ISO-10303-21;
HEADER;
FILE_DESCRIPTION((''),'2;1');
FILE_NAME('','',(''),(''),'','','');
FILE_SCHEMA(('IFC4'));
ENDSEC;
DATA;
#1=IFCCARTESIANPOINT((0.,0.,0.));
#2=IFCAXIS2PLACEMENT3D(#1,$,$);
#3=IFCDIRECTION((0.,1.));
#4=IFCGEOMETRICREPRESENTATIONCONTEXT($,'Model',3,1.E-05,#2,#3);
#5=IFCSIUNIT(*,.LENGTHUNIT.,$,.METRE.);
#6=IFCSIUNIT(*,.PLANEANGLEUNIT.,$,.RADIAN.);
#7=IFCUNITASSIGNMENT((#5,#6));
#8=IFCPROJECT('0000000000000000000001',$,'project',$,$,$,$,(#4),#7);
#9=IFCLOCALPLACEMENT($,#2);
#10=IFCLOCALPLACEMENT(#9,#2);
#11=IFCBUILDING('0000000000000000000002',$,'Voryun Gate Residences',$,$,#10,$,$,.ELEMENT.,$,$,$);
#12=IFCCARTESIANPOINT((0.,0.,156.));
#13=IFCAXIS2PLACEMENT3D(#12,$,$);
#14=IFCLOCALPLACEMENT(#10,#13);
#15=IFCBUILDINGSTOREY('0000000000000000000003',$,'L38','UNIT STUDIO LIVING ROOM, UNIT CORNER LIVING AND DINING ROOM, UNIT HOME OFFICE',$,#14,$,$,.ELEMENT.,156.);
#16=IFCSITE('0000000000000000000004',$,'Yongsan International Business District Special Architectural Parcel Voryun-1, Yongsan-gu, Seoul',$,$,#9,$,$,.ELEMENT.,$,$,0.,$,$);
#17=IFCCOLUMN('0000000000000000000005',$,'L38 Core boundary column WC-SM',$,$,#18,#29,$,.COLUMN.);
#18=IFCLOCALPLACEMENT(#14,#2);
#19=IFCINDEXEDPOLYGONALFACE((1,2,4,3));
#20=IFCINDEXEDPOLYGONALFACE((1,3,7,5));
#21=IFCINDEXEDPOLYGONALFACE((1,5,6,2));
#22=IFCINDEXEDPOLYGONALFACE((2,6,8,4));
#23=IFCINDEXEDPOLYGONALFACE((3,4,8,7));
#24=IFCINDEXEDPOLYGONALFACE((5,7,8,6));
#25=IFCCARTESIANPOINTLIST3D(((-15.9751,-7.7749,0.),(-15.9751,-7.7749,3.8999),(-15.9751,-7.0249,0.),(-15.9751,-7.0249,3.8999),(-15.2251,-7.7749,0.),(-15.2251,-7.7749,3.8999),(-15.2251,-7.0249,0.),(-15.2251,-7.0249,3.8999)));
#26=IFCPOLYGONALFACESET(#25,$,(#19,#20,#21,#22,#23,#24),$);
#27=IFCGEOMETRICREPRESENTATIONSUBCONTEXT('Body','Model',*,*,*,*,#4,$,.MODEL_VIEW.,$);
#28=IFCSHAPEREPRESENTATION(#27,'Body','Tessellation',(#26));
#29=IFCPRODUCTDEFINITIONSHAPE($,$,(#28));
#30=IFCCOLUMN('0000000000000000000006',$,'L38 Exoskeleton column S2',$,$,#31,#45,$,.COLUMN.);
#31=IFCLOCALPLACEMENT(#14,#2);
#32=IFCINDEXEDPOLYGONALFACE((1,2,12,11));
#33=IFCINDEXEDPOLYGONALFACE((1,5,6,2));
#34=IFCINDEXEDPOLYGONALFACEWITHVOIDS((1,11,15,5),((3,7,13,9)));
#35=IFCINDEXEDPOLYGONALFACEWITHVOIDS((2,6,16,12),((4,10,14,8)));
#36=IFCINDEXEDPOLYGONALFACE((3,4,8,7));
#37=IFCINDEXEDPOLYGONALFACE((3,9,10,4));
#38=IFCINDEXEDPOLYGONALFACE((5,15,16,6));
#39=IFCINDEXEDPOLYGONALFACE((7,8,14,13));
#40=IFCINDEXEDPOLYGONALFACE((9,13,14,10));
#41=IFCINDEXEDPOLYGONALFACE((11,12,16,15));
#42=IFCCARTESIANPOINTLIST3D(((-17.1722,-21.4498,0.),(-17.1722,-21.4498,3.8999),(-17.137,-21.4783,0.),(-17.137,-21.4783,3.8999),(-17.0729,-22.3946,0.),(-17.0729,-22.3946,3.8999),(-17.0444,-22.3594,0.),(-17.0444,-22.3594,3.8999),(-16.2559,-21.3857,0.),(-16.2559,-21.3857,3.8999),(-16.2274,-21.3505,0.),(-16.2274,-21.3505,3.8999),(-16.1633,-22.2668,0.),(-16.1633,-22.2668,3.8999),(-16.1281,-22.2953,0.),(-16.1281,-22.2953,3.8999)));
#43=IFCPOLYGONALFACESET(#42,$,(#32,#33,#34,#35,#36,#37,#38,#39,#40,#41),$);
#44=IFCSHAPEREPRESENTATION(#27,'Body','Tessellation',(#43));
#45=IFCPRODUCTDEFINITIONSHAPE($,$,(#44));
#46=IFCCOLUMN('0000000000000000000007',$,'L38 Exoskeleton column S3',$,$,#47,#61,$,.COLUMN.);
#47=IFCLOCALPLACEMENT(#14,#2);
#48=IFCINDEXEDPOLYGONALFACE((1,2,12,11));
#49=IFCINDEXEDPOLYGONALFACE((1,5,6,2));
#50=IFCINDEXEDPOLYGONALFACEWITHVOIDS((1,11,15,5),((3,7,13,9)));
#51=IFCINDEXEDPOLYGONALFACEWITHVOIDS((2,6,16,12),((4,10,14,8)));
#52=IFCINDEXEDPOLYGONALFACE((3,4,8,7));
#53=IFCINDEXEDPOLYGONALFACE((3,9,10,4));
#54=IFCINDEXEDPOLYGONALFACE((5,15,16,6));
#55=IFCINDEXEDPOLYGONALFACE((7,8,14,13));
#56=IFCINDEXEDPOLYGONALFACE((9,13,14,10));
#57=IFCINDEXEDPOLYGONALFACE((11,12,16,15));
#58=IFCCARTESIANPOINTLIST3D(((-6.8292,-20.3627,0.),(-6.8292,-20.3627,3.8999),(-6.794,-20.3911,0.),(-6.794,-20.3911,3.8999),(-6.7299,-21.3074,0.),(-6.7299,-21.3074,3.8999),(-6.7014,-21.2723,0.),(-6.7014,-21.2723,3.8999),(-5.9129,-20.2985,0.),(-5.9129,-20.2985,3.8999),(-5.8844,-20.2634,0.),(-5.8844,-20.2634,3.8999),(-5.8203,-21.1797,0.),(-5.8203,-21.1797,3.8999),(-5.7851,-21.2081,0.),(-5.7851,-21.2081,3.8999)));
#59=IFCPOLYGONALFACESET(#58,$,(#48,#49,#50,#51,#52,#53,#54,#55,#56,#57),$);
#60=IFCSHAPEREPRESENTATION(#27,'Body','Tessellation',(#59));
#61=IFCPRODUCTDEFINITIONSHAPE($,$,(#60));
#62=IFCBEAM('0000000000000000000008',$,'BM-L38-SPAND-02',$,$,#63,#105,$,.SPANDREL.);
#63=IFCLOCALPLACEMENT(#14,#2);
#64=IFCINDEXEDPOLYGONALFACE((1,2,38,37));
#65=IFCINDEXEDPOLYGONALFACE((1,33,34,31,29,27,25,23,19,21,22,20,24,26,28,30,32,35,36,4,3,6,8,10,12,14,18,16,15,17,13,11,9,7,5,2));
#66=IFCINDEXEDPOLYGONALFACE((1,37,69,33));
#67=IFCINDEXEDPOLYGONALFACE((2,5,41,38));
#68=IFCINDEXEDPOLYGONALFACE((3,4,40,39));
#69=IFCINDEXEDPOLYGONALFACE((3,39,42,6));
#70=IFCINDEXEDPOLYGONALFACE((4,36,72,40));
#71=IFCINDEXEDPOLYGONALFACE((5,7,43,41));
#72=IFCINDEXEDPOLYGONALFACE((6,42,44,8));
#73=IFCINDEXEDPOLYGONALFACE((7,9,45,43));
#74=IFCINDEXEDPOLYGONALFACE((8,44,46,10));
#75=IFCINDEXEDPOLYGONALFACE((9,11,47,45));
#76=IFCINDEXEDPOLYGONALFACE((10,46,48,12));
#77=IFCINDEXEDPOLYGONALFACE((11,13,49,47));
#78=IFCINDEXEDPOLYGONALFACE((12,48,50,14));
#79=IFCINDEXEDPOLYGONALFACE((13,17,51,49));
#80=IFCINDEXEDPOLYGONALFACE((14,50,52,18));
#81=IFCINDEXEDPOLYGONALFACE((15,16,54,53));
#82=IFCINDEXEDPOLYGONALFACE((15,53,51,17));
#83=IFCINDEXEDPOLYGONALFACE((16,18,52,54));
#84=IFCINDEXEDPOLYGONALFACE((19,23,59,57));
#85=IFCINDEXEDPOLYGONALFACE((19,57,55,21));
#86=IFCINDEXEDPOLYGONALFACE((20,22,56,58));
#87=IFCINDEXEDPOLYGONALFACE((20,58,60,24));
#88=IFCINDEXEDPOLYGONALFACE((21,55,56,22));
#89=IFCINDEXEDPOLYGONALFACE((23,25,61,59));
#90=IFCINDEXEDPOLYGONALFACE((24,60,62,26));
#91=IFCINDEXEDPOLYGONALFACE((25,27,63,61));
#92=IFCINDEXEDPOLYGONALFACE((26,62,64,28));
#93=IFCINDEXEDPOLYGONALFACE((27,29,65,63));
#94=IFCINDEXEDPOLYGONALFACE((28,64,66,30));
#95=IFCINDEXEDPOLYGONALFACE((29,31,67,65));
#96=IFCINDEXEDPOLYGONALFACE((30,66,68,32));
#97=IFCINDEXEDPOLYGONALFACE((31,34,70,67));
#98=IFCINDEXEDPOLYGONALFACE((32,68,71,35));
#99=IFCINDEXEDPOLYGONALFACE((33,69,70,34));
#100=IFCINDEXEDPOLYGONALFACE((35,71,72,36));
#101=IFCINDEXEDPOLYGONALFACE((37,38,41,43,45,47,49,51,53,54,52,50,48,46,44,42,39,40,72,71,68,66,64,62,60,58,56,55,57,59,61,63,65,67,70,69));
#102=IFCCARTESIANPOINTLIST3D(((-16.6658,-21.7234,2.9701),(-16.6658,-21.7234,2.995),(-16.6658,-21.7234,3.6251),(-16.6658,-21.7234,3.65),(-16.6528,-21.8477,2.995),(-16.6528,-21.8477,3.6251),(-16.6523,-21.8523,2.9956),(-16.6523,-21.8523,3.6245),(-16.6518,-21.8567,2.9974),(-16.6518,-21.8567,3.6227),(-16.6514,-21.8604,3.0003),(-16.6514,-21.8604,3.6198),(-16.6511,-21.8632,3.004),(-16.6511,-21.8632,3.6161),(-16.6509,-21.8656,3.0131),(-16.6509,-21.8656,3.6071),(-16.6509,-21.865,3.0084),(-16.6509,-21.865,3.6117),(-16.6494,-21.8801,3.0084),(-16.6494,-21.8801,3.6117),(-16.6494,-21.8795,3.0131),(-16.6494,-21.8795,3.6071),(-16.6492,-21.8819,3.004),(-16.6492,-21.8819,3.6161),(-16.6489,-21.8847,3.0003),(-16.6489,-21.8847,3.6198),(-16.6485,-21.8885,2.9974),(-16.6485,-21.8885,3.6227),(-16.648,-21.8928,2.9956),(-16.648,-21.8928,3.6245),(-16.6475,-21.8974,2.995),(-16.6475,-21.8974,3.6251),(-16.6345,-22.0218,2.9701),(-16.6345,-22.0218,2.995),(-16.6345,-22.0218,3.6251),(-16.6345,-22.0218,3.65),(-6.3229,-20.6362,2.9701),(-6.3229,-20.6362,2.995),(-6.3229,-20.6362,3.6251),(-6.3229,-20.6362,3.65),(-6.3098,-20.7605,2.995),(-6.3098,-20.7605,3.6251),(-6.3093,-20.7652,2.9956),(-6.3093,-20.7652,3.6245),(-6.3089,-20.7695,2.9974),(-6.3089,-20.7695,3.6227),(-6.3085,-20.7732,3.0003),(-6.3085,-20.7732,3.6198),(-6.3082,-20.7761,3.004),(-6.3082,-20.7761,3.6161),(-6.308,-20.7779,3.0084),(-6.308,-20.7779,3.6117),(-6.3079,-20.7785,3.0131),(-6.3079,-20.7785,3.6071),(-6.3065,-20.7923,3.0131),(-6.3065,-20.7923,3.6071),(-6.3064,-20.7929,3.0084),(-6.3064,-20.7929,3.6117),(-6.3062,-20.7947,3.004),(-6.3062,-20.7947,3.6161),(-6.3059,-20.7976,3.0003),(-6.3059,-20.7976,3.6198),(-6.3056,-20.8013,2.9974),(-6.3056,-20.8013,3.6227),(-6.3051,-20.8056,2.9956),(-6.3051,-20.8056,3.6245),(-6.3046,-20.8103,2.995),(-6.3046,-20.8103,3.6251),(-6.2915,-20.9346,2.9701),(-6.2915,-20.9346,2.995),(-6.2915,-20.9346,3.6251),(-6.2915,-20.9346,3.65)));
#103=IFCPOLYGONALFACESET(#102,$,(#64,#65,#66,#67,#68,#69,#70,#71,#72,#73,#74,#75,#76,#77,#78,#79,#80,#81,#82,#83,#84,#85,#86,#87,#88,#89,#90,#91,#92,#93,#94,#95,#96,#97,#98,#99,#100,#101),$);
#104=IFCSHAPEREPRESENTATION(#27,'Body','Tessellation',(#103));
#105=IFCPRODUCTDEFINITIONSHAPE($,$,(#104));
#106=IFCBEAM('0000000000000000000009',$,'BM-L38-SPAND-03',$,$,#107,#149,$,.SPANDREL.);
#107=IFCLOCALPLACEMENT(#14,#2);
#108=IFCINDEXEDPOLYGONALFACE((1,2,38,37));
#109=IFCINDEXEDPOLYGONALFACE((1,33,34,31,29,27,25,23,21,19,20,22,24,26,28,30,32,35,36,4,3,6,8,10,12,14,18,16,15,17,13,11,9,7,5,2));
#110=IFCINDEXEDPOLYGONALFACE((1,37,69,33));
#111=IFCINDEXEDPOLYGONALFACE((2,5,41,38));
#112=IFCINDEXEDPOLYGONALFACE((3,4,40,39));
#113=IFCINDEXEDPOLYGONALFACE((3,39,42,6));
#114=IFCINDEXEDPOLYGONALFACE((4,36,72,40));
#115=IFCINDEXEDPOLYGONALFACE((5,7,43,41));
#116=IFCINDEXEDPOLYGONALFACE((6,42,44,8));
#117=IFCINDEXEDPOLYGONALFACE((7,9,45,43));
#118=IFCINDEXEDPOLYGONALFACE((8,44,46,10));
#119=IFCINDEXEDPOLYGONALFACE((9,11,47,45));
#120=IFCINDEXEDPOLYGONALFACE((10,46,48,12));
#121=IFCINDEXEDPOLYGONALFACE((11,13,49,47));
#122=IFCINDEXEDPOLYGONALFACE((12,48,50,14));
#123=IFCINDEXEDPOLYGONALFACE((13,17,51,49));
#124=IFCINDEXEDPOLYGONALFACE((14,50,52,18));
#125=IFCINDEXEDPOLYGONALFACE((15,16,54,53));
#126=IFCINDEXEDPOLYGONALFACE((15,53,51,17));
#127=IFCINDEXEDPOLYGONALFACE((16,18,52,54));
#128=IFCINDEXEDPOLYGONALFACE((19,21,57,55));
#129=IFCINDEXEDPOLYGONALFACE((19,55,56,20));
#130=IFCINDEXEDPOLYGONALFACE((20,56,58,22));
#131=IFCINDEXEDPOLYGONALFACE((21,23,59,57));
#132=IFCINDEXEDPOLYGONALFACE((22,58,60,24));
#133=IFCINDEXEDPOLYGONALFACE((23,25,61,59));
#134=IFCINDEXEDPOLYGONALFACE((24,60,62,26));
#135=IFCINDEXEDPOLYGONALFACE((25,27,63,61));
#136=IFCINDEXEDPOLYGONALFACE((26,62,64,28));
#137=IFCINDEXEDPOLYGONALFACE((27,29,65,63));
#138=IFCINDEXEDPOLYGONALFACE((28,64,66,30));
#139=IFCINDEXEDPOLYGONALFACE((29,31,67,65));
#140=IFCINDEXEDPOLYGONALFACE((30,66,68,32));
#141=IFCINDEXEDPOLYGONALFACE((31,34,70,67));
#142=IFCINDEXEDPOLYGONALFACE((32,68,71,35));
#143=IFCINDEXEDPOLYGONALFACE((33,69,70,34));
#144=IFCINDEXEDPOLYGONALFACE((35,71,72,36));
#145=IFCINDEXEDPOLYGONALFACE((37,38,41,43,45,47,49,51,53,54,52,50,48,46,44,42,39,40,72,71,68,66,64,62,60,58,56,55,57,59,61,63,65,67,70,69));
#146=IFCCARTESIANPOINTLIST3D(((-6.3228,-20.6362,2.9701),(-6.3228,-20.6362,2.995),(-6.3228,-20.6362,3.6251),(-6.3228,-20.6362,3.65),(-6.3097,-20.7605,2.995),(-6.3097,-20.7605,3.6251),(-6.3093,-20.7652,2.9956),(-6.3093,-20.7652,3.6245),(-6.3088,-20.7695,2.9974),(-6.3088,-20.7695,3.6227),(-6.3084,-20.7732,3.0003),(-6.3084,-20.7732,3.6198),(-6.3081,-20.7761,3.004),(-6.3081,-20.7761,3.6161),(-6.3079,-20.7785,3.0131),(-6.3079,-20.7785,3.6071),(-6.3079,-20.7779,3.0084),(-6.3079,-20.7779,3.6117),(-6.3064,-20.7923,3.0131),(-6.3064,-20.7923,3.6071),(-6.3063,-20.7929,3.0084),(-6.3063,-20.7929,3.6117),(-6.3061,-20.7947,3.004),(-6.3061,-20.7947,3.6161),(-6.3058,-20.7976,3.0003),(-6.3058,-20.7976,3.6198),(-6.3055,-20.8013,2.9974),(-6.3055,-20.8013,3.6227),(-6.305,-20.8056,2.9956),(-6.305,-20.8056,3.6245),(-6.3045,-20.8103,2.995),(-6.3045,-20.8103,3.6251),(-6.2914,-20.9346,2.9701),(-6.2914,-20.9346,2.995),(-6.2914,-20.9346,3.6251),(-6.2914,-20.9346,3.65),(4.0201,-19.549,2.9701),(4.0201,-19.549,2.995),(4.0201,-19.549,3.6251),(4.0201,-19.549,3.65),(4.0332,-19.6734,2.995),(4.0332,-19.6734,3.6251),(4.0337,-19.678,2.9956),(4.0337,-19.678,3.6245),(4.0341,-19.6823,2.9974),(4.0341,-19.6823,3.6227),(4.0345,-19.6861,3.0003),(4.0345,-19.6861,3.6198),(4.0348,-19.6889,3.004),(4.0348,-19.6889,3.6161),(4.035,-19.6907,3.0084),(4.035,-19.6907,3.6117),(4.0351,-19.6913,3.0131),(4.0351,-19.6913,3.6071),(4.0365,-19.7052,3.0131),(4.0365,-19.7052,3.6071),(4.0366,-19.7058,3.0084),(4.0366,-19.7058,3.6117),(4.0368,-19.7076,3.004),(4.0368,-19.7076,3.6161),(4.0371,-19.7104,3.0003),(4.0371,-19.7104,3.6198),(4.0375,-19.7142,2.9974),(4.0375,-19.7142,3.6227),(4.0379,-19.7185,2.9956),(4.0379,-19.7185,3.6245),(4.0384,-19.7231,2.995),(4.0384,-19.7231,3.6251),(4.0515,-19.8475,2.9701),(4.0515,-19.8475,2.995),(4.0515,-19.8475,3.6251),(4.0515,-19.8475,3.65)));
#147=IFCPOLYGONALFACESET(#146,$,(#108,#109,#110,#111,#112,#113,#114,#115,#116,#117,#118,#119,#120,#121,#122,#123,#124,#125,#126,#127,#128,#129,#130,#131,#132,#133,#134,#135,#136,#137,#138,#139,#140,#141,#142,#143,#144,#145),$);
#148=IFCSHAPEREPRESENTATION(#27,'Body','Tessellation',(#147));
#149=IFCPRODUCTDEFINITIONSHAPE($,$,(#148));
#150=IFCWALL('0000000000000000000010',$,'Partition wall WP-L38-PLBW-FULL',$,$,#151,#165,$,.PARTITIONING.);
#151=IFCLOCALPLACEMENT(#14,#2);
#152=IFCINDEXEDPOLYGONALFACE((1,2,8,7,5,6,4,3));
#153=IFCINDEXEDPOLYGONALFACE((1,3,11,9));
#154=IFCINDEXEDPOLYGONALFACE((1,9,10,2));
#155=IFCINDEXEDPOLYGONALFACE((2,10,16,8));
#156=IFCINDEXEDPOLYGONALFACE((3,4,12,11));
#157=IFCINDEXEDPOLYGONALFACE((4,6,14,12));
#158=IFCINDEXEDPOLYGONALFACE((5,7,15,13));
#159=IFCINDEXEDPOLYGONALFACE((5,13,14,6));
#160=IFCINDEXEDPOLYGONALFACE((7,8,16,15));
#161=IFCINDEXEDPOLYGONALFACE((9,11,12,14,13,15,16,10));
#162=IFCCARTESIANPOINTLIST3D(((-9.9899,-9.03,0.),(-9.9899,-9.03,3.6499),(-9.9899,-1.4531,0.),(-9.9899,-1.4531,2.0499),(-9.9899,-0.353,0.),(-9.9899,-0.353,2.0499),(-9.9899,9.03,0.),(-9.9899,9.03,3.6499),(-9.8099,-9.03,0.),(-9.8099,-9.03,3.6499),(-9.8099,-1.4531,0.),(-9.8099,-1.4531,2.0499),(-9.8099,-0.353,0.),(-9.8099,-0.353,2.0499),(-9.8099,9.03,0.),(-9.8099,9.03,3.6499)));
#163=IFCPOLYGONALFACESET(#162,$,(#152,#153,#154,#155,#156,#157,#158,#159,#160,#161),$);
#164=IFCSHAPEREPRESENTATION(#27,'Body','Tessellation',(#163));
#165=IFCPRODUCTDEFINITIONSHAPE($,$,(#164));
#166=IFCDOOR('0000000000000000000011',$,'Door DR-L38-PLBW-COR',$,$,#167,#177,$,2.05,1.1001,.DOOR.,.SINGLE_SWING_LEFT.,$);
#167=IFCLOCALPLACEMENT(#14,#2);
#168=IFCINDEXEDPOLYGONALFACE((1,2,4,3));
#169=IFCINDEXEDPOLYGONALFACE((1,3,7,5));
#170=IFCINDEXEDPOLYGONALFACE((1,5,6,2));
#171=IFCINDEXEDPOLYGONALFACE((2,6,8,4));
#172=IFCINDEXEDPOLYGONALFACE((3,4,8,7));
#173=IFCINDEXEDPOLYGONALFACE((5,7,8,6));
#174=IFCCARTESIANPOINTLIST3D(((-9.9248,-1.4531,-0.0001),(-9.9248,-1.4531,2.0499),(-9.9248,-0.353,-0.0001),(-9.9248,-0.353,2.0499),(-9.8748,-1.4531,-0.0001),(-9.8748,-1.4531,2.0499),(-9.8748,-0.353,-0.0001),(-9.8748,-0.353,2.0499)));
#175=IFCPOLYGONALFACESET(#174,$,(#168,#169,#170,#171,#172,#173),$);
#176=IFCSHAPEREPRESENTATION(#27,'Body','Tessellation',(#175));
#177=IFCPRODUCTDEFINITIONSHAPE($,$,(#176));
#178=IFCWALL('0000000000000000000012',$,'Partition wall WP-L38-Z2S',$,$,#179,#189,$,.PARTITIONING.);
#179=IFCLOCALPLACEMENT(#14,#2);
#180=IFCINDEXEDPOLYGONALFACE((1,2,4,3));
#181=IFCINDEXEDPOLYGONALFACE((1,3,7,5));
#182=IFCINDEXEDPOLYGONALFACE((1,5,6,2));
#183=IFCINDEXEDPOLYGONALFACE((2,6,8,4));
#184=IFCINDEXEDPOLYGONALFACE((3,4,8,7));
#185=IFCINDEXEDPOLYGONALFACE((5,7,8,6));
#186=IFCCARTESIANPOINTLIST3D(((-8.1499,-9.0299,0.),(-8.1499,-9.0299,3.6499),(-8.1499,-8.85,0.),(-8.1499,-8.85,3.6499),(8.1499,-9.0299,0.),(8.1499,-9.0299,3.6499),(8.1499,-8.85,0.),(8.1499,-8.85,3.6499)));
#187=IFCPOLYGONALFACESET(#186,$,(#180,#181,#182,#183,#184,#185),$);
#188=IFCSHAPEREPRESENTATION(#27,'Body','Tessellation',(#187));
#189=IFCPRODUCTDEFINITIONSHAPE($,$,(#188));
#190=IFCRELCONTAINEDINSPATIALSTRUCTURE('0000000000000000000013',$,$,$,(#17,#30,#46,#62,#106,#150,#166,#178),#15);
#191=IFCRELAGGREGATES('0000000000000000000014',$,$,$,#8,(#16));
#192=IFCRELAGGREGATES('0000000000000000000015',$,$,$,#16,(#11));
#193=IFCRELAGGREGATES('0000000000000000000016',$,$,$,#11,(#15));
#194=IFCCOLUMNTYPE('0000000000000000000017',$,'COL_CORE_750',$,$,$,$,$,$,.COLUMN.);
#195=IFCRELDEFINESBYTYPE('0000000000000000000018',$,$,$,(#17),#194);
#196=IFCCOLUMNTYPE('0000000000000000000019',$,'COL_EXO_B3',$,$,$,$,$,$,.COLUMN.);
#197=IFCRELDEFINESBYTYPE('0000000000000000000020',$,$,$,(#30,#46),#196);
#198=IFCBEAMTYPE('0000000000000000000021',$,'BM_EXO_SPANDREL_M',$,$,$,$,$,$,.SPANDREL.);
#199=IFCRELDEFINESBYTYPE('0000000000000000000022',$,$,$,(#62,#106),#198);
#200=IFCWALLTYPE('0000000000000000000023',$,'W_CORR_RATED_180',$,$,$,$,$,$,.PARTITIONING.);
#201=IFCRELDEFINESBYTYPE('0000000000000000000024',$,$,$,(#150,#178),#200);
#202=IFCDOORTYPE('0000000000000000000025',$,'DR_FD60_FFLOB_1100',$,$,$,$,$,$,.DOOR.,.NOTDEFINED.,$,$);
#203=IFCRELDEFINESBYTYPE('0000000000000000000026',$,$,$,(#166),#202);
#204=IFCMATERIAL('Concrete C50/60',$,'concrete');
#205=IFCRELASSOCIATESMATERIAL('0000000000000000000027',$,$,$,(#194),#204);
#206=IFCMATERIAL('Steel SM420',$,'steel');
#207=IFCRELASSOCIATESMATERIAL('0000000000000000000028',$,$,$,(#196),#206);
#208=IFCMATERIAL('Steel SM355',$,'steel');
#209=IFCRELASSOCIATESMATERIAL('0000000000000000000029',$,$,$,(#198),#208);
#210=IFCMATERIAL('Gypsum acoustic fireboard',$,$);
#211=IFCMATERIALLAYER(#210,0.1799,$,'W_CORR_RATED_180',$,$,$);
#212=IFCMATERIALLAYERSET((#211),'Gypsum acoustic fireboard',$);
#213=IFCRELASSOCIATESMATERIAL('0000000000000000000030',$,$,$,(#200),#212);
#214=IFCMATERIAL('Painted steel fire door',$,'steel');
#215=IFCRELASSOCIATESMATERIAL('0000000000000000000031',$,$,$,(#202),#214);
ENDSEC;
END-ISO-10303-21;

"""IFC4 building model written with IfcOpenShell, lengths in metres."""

from ifc_helpers import new_model, si_unit, direction, frame, frame_2d, origin, origin_2d, place, context, subcontext, project, spatial, rectangle, hollow_rectangle, i_section, extrude, material, layer, layer_set, material_profile, profile_set, type_object, element, fill, save


model = new_model("IFC4")

# Units and contexts
model_context = context("Model", 3, precision=1e-05, world=origin(), true_north=direction((0.0, 1.0)))
body_context = subcontext(model_context, "Body", "Model", "MODEL_VIEW")
ifc_project = project(units=[si_unit("LENGTHUNIT", "METRE"), si_unit("PLANEANGLEUNIT", "RADIAN")], contexts=[model_context])

# Site, building, storey
site_placement = place(None, origin())
site = spatial("IfcSite", under=ifc_project, at=site_placement, Name="Yongsan International Business District Special Architectural Parcel Voryun-1, Yongsan-gu, Seoul", CompositionType="ELEMENT", RefElevation=0.0)
building_placement = place(site_placement, origin())
building = spatial("IfcBuilding", under=site, at=building_placement, Name="Voryun Gate Residences", CompositionType="ELEMENT")
storey_placement = place(building_placement, frame((0.0, 0.0, 156.0)))
storey = spatial("IfcBuildingStorey", under=building, at=storey_placement, Name="L38", Description="UNIT STUDIO LIVING ROOM, UNIT CORNER LIVING AND DINING ROOM, UNIT HOME OFFICE", CompositionType="ELEMENT", Elevation=156.0)

# Columns
ifc_material_1 = material(Name="Concrete C50/60", Category="concrete")
ifc_material_profile_1 = material_profile(ifc_material_1, rectangle(XDim=0.75, YDim=0.75, at=origin_2d()), Name="RC-750x750")
ifc_profile_set_1 = profile_set([ifc_material_profile_1], Name="Concrete C50/60")
column_type_1 = type_object("IfcColumnType", Name="COL_CORE_750", PredefinedType="COLUMN", material=ifc_profile_set_1)
column_placement = place(storey_placement, frame((-15.6001, -7.3999, 0.0), z_axis=(0.0, 0.0, 1.0), x_axis=(1.0, 0.0, 0.0)))
element("IfcColumn", 1, at=column_placement, inside=storey, type_object=column_type_1, Name="L38 Core boundary column WC-SM", PredefinedType="COLUMN", context=body_context, shape_type="SweptSolid", body=[
    extrude(rectangle(XDim=0.75, YDim=0.75, at=origin_2d()), origin(), (0.0, 0.0, 1.0), 3.8999),
])
ifc_material_2 = material(Name="Steel SM420", Category="steel")
ifc_material_profile_2 = material_profile(ifc_material_2, hollow_rectangle(XDim=0.95, YDim=0.95, WallThickness=0.032, at=origin_2d()), Name="BOX-950x950x32")
ifc_profile_set_2 = profile_set([ifc_material_profile_2], Name="Steel SM420")
column_type_2 = type_object("IfcColumnType", Name="COL_EXO_B3", PredefinedType="COLUMN", material=ifc_profile_set_2)
for number, where, z_axis, x_axis, name in (
    (2, (-16.6501, -21.8726, 0.0), (0.0, 0.0, 1.0), (0.994522, 0.104528, 0.0), "L38 Exoskeleton column S2"),
    (3, (-6.3071, -20.7854, 0.0), (0.0, 0.0, 1.0), (0.994522, 0.104528, 0.0), "L38 Exoskeleton column S3"),
):
    element("IfcColumn", number, at=place(storey_placement, frame(where, z_axis=z_axis, x_axis=x_axis)), inside=storey, type_object=column_type_2, Name=name, PredefinedType="COLUMN", context=body_context, shape_type="SweptSolid", body=[
        extrude(hollow_rectangle(XDim=0.95, YDim=0.95, WallThickness=0.032, at=origin_2d()), origin(), (0.0, 0.0, 1.0), 3.8999),
    ])

# Beams
ifc_material_3 = material(Name="Steel SM355", Category="steel")
ifc_material_profile_3 = material_profile(ifc_material_3, i_section(OverallWidth=0.3, OverallDepth=0.6799, WebThickness=0.0139, FlangeThickness=0.0249, FilletRadius=0.0181, at=origin_2d()), Name="H-680x300x14x25")
ifc_profile_set_3 = profile_set([ifc_material_profile_3], Name="Steel SM355")
beam_type = type_object("IfcBeamType", Name="BM_EXO_SPANDREL_M", PredefinedType="SPANDREL", material=ifc_profile_set_3)
for number, where, z_axis, x_axis, name in (
    (4, (-16.6501, -21.8726, 3.3101), (0.994521, 0.104534, 0.0), (-0.104534, 0.994521, 0.0), "BM-L38-SPAND-02"),
    (5, (-6.3071, -20.7854, 3.3101), (0.994521, 0.104534, 0.0), (-0.104534, 0.994521, 0.0), "BM-L38-SPAND-03"),
):
    element("IfcBeam", number, at=place(storey_placement, frame(where, z_axis=z_axis, x_axis=x_axis)), inside=storey, type_object=beam_type, Name=name, PredefinedType="SPANDREL", context=body_context, shape_type="SweptSolid", body=[
        extrude(i_section(OverallWidth=0.3, OverallDepth=0.6799, WebThickness=0.0139, FlangeThickness=0.0249, FilletRadius=0.0181, at=origin_2d()), origin(), (0.0, 0.0, 1.0), 10.3999),
    ])

# Wall, opening, door
ifc_material_4 = material(Name="Gypsum acoustic fireboard")
ifc_layer_1 = layer(ifc_material_4, 0.1799, Name="W_CORR_RATED_180")
ifc_layer_set_1 = layer_set([ifc_layer_1], Name="Gypsum acoustic fireboard")
wall_type_1 = type_object("IfcWallType", Name="W_CORR_RATED_180", PredefinedType="PARTITIONING", material=ifc_layer_set_1)
wall_1_placement = place(storey_placement, frame((-9.8999, -9.03, 0.0), z_axis=(0.0, 0.0, 1.0), x_axis=(0.0, 1.0, 0.0)))
wall_1 = element("IfcWall", 6, at=wall_1_placement, inside=storey, type_object=wall_type_1, Name="Partition wall WP-L38-PLBW-FULL", PredefinedType="PARTITIONING", context=body_context, shape_type="SweptSolid", body=[
    extrude(rectangle(XDim=18.0601, YDim=0.1799, at=frame_2d((9.03, 0.0))), origin(), (0.0, 0.0, 1.0), 3.6499),
])
opening_1_placement = place(wall_1_placement, frame((7.5769, 0.0, 0.0)))
opening_1 = element("IfcOpeningElement", 7, at=opening_1_placement, cuts=wall_1, PredefinedType="OPENING", context=body_context, shape_type="SweptSolid", body=[
    extrude(rectangle(XDim=1.1001, YDim=2.05, at=frame_2d((0.55, 1.0249))), frame((0.0, 0.0999, 0.0), z_axis=(0.0, -1.0, 0.0), x_axis=(1.0, 0.0, 0.0)), (0.0, 0.0, 1.0), 0.2),
])
ifc_material_5 = material(Name="Painted steel fire door", Category="steel")
door_type_1 = type_object("IfcDoorType", Name="DR_FD60_FFLOB_1100", OperationType="NOTDEFINED", PredefinedType="DOOR", material=ifc_material_5)
door_1_placement = place(opening_1_placement, origin())
door_1 = element("IfcDoor", 8, at=door_1_placement, inside=storey, type_object=door_type_1, Name="Door DR-L38-PLBW-COR", OperationType="SINGLE_SWING_LEFT", OverallHeight=2.05, OverallWidth=1.1001, PredefinedType="DOOR", context=body_context, shape_type="SweptSolid", body=[
    extrude(rectangle(XDim=1.1001, YDim=2.05, at=frame_2d((0.55, 1.0249))), frame((0.0, 0.0249, 0.0), z_axis=(0.0, -1.0, 0.0), x_axis=(1.0, 0.0, 0.0)), (0.0, 0.0, 1.0), 0.05),
])
fill(opening_1, door_1)

# Wall
wall_2_placement = place(storey_placement, frame((-8.1499, -8.9399, 0.0), z_axis=(0.0, 0.0, 1.0), x_axis=(1.0, 0.0, 0.0)))
element("IfcWall", 9, at=wall_2_placement, inside=storey, type_object=wall_type_1, Name="Partition wall WP-L38-Z2S", PredefinedType="PARTITIONING", context=body_context, shape_type="SweptSolid", body=[
    extrude(rectangle(XDim=16.2998, YDim=0.1799, at=frame_2d((8.1499, 0.0))), origin(), (0.0, 0.0, 1.0), 3.6499),
])

save(model, "model.ifc")
